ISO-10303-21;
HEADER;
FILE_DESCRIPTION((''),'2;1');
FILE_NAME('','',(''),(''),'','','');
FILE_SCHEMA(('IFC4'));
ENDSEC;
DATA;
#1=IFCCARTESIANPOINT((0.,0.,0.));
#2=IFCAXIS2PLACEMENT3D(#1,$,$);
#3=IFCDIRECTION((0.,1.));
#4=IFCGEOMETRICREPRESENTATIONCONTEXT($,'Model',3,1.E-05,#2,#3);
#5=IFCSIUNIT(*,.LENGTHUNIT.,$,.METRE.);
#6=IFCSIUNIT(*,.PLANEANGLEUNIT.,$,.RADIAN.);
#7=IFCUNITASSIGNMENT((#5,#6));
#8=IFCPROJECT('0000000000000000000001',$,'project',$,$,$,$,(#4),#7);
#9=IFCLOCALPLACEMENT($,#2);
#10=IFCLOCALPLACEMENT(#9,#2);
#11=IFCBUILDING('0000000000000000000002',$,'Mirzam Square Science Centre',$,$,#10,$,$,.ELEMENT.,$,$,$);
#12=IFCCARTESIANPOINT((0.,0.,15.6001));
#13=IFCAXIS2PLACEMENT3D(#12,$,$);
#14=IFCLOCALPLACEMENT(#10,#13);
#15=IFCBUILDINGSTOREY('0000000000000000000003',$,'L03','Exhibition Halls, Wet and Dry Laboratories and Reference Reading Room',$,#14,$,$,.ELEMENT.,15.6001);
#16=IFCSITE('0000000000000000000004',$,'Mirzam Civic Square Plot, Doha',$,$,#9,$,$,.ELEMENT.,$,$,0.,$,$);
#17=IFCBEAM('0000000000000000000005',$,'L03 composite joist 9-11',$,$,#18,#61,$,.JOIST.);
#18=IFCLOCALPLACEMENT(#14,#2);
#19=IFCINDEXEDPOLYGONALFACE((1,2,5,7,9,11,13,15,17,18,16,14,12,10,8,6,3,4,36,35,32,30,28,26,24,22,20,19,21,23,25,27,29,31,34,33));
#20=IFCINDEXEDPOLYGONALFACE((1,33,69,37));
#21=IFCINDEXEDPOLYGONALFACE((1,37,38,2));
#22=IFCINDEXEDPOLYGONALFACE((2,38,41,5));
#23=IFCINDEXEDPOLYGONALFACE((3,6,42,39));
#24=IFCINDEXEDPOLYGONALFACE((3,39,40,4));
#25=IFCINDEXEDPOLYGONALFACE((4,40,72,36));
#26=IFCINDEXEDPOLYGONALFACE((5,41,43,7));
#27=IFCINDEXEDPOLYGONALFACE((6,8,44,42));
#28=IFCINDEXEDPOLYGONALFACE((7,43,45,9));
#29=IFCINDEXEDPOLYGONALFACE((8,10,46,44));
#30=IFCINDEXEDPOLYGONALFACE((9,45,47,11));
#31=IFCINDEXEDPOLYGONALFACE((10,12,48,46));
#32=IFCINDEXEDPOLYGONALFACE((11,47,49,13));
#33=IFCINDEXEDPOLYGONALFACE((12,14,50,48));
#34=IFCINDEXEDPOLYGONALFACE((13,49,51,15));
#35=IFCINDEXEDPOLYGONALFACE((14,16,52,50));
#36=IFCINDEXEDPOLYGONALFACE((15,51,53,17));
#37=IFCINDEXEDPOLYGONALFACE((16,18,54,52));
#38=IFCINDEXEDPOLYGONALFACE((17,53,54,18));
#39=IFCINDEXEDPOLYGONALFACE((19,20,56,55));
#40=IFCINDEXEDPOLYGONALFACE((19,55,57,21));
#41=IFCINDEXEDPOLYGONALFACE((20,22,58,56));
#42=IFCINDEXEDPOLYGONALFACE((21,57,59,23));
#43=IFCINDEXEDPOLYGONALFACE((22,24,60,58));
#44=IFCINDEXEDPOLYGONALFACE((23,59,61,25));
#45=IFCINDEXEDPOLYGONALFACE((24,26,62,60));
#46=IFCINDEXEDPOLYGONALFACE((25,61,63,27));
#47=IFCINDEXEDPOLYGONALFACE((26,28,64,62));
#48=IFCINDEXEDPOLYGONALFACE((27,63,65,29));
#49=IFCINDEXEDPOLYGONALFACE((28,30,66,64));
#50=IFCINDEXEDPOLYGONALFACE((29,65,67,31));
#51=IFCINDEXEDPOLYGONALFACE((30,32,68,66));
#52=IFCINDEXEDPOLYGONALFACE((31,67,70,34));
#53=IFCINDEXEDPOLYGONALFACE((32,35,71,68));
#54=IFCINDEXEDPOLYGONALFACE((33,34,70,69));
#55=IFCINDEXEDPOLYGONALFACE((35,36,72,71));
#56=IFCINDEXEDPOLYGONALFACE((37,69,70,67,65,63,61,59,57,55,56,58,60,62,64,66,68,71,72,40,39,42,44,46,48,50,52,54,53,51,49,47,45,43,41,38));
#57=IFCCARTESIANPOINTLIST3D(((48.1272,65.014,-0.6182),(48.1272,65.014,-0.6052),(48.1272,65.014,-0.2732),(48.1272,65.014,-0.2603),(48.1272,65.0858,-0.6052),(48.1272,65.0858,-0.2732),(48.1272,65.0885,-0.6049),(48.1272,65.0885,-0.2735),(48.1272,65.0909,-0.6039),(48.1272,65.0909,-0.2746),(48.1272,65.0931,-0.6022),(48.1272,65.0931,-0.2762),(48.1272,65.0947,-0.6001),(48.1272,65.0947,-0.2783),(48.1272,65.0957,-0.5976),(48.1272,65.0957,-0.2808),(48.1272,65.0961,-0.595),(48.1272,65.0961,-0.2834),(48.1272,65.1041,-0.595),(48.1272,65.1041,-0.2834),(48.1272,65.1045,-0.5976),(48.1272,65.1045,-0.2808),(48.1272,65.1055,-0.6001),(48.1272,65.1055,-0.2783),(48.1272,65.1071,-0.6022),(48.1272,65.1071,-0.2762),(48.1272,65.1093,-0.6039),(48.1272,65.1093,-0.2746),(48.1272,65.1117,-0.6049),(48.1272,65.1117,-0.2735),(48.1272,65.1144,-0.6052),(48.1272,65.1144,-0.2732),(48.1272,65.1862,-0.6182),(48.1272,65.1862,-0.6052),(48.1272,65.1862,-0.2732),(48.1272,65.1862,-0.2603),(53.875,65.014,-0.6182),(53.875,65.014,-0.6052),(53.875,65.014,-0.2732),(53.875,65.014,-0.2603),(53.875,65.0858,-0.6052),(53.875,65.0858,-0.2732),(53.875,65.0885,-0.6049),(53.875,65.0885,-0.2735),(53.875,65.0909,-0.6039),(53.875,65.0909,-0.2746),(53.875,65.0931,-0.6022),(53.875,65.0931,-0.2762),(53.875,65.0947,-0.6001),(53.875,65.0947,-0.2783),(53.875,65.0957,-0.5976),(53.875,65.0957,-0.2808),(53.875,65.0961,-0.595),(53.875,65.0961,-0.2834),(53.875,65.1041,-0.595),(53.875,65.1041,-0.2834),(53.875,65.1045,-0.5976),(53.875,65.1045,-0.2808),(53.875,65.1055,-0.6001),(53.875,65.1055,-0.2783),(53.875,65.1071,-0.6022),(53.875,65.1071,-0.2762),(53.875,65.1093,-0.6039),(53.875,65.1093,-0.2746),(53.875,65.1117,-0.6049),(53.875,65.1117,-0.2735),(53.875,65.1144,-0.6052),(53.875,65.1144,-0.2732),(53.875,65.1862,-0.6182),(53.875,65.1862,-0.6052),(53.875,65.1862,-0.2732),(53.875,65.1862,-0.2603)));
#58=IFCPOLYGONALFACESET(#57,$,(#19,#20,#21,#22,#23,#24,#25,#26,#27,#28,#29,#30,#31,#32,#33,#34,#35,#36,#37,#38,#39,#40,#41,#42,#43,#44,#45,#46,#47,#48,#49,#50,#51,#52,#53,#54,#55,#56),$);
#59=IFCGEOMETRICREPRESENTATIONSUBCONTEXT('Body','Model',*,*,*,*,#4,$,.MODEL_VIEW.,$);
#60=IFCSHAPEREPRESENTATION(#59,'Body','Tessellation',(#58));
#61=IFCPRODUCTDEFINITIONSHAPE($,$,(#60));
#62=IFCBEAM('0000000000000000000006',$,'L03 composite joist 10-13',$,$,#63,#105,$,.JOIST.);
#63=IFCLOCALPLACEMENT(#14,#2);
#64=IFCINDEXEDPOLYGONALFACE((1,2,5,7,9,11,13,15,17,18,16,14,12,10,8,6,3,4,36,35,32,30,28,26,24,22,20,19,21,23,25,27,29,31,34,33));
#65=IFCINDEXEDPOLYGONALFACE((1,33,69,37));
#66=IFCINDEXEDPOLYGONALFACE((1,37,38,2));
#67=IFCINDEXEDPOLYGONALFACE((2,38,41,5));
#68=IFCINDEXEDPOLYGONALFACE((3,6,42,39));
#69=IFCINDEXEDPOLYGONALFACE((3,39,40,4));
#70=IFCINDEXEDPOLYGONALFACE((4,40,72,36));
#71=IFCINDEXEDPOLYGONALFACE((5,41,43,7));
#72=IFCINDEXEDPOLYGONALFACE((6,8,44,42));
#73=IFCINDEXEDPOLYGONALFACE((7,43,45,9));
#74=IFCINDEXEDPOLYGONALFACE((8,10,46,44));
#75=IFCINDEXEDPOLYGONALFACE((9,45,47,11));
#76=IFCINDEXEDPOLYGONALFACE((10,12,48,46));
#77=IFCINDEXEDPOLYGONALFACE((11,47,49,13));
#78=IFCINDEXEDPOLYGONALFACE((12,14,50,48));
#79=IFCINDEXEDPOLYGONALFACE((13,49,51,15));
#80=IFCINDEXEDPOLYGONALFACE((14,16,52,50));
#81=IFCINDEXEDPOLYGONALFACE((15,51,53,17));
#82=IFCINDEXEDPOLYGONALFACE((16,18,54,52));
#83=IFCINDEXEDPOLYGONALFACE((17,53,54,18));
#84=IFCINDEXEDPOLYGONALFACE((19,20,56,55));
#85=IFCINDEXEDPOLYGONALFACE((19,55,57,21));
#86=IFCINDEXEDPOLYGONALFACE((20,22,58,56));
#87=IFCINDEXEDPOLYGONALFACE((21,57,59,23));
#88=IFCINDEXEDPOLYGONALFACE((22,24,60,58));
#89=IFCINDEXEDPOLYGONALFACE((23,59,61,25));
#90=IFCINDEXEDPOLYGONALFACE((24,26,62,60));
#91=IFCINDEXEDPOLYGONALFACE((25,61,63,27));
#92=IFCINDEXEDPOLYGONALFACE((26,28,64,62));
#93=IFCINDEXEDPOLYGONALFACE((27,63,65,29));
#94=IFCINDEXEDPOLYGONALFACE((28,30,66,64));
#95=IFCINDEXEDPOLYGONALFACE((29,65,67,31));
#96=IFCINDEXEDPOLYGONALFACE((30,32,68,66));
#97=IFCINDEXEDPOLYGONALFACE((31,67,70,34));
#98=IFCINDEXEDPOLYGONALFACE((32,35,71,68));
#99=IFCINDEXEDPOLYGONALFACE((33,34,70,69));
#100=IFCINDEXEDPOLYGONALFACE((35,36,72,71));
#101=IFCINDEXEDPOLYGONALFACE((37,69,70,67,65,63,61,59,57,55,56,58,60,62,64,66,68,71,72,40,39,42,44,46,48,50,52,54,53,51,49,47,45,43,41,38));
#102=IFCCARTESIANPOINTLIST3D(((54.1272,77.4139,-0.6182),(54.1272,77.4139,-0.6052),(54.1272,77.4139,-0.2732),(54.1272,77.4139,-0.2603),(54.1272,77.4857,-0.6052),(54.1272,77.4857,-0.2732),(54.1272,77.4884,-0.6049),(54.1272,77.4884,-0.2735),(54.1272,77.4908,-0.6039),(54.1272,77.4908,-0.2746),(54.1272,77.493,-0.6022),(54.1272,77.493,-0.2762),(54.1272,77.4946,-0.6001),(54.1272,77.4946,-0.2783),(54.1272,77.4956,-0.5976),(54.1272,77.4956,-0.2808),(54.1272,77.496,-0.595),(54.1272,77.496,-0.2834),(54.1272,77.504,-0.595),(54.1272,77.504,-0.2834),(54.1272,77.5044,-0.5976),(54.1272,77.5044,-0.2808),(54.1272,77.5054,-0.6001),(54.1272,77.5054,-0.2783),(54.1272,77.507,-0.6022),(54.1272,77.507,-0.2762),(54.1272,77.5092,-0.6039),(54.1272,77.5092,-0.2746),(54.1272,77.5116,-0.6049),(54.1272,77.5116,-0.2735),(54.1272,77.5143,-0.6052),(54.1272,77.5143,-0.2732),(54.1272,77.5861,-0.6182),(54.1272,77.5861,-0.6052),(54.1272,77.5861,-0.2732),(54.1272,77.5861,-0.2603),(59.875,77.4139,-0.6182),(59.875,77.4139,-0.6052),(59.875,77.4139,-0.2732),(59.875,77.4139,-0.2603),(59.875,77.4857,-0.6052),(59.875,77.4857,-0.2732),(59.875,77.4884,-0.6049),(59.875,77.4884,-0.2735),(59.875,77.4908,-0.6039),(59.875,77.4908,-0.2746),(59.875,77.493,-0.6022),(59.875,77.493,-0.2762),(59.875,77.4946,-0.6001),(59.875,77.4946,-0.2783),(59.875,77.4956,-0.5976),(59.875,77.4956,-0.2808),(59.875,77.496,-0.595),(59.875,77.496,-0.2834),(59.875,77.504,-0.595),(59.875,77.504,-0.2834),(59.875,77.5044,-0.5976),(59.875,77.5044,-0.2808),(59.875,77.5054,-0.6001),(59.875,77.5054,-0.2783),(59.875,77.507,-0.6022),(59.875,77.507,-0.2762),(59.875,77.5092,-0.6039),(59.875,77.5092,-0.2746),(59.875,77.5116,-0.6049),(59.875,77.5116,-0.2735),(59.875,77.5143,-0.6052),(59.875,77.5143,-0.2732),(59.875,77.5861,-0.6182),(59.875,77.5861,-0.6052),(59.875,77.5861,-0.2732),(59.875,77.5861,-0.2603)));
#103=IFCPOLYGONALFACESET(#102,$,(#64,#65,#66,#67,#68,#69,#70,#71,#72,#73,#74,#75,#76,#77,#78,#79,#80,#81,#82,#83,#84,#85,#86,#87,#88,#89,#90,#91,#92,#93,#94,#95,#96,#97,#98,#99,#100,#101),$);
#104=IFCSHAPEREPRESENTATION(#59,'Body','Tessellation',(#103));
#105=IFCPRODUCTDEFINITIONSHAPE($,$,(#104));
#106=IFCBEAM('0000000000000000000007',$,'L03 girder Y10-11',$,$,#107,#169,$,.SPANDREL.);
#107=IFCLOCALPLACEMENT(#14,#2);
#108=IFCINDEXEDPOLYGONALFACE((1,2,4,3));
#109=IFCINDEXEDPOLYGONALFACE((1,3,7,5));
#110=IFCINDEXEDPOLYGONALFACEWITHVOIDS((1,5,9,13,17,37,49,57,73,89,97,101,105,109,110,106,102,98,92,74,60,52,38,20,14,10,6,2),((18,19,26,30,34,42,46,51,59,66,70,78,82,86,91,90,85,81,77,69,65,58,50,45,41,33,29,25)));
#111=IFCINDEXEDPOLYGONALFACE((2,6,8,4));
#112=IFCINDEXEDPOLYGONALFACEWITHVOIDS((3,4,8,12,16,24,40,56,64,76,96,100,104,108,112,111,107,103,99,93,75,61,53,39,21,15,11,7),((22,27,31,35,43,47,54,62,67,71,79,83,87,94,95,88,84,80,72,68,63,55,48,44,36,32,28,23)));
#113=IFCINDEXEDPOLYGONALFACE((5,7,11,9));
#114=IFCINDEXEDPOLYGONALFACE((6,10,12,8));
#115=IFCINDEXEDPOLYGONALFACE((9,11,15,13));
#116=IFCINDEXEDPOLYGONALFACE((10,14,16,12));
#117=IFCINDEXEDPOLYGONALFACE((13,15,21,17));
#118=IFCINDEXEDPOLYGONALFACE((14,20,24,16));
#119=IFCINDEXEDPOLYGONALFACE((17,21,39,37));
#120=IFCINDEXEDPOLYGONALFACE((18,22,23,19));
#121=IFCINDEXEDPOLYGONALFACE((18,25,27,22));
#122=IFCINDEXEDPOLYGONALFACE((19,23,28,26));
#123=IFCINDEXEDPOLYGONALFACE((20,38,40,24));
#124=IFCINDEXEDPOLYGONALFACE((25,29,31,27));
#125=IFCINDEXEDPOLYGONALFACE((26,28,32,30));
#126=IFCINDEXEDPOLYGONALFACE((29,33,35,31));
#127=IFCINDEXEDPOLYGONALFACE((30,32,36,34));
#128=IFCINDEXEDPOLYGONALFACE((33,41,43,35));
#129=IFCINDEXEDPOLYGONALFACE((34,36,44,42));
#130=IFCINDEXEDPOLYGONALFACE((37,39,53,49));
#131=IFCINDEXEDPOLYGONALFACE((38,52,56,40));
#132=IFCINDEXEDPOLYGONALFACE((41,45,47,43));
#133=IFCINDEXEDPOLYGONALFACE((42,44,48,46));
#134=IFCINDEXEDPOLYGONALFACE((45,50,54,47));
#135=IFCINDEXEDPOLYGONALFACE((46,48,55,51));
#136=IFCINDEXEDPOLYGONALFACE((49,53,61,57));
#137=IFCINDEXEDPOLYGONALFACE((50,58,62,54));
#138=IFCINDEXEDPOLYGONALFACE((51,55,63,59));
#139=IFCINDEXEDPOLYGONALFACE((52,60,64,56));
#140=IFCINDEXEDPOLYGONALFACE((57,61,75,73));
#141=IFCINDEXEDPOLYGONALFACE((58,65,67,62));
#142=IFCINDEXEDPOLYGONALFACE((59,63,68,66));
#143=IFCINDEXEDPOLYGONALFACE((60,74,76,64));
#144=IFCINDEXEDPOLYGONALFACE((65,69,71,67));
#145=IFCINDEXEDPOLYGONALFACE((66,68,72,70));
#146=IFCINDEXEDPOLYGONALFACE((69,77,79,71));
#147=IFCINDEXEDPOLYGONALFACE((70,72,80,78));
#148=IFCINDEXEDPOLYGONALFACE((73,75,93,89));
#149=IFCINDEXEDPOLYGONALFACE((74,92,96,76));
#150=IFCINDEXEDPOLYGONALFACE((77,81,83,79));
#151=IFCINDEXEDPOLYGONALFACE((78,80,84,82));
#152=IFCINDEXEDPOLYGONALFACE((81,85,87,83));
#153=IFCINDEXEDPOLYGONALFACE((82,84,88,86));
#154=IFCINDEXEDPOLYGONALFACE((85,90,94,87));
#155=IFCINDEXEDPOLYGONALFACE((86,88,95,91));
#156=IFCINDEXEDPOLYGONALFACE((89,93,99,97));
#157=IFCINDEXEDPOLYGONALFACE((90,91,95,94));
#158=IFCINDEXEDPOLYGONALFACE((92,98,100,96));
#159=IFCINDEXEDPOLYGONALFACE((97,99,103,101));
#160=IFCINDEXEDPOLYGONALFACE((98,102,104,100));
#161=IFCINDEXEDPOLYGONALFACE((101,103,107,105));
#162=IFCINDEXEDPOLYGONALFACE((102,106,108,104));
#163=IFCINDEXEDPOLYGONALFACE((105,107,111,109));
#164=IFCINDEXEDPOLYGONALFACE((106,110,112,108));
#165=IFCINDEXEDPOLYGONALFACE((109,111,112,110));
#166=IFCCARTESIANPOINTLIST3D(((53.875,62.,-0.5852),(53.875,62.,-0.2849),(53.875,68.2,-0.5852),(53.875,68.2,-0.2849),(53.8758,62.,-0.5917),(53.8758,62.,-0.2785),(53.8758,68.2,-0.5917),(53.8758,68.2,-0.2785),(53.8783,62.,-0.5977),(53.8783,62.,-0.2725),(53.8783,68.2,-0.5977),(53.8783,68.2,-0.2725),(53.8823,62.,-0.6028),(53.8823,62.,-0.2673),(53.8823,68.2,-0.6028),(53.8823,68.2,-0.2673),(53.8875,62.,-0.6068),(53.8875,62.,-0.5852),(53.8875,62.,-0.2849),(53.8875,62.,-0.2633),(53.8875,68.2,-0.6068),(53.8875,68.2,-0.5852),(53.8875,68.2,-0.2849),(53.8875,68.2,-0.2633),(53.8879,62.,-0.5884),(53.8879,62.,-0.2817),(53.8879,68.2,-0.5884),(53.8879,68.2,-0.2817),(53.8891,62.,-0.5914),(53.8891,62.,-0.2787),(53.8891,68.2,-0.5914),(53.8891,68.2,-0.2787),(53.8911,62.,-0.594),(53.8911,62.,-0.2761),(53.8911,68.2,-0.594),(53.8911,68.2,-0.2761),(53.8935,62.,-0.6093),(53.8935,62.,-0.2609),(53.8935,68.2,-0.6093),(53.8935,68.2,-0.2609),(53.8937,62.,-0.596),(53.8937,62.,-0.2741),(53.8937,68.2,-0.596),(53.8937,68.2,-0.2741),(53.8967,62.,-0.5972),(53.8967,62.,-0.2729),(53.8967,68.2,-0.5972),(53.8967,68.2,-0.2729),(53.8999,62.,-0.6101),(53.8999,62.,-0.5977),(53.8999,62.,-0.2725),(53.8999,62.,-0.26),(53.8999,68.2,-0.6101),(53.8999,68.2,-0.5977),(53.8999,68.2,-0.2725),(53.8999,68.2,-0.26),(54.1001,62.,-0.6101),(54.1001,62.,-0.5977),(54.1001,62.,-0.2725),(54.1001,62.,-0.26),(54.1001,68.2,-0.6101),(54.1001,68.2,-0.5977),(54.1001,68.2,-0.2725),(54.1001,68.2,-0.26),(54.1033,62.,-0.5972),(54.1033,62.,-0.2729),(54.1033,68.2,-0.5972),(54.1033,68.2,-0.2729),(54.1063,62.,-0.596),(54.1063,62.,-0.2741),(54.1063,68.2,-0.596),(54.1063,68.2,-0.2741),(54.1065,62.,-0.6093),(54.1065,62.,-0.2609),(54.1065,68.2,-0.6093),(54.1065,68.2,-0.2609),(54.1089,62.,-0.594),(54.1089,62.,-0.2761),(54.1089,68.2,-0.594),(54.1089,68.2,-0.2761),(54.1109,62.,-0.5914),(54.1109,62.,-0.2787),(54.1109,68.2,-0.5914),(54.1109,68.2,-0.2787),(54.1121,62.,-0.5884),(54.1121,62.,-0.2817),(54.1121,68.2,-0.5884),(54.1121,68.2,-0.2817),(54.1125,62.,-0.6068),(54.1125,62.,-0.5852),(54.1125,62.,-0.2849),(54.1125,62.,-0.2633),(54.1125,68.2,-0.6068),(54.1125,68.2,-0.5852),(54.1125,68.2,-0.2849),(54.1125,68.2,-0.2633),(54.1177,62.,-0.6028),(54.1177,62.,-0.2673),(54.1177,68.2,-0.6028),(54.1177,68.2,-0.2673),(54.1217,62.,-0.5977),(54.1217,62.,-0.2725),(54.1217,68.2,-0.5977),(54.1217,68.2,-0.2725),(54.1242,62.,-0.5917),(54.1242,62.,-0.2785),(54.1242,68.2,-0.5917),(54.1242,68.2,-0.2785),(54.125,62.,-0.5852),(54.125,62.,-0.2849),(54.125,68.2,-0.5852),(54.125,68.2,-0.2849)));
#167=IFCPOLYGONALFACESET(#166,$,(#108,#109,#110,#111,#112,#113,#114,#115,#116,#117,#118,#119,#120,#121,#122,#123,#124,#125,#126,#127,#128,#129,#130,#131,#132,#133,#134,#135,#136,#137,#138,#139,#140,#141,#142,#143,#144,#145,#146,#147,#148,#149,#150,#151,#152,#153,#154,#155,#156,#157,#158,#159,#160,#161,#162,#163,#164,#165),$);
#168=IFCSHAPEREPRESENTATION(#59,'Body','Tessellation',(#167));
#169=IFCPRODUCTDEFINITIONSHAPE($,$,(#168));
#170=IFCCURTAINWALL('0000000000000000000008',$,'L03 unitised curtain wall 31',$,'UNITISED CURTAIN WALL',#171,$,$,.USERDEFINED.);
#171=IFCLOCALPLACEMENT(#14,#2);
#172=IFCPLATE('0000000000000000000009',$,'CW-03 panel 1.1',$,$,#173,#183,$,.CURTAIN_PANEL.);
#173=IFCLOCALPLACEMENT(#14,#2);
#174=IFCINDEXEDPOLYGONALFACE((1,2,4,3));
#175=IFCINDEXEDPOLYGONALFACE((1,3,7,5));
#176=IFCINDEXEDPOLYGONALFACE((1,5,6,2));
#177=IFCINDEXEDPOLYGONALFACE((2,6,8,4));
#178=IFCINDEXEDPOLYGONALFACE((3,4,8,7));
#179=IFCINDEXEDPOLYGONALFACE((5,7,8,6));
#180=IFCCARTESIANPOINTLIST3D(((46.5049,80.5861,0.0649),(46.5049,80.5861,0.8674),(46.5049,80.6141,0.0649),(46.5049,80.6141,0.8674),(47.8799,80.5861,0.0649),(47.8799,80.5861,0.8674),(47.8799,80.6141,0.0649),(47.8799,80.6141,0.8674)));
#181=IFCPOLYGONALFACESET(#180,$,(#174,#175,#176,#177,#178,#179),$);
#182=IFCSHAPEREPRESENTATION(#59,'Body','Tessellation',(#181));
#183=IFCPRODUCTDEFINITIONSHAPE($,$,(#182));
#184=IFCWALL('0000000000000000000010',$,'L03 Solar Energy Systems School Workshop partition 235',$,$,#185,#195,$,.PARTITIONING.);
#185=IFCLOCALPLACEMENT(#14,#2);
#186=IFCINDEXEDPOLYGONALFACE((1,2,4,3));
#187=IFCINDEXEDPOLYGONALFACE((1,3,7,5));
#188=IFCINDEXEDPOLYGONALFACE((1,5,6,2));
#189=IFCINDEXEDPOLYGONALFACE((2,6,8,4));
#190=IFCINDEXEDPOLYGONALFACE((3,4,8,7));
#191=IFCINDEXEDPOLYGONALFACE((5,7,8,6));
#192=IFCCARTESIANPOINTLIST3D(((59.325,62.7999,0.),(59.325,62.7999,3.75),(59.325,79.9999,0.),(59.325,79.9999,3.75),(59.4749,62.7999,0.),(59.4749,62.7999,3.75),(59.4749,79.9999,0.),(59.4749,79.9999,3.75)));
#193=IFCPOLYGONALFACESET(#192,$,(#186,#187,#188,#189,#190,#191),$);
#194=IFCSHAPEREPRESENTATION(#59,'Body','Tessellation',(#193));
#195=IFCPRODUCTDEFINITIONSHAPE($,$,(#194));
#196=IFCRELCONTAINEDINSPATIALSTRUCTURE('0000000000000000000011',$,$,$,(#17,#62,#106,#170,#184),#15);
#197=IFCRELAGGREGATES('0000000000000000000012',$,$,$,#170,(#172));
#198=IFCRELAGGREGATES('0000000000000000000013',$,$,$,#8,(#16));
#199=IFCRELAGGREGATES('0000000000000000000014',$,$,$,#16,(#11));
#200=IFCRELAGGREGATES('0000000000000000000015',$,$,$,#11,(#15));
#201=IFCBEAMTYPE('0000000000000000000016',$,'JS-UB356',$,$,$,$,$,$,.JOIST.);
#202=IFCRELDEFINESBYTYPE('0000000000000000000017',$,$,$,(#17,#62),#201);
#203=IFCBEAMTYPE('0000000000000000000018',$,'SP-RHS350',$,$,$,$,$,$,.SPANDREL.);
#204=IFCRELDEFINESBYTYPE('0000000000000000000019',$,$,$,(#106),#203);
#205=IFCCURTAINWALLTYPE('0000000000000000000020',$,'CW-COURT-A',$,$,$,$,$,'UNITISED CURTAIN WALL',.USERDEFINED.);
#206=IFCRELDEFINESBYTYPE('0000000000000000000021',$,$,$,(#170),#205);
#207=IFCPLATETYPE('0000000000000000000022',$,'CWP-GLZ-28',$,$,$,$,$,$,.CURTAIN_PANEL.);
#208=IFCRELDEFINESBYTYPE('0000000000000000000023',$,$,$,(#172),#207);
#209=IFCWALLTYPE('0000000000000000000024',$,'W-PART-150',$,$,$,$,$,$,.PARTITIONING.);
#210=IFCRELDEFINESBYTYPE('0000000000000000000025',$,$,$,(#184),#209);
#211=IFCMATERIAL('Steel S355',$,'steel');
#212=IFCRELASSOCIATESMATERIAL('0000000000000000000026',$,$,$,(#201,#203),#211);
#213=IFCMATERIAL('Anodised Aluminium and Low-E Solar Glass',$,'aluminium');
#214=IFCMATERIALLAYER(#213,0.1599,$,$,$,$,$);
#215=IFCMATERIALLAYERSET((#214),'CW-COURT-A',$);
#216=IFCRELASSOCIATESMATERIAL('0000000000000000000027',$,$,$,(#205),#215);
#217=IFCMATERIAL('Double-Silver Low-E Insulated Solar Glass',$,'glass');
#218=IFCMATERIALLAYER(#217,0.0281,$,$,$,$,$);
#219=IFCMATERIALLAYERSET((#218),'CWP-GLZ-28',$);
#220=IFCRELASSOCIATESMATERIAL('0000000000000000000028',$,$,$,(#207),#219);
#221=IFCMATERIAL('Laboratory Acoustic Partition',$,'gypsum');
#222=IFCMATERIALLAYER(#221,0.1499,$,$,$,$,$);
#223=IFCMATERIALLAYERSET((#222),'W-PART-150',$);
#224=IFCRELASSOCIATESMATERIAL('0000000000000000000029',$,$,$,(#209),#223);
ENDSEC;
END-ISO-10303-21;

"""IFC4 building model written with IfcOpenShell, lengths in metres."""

from ifc_helpers import new_model, si_unit, direction, frame, frame_2d, origin, origin_2d, place, context, subcontext, project, spatial, rectangle, hollow_rectangle, i_section, extrude, material, layer, layer_set, material_profile, profile_set, type_object, element, aggregate, save


model = new_model("IFC4")

# Units and contexts
model_context = context("Model", 3, precision=1e-05, world=origin(), true_north=direction((0.0, 1.0)))
body_context = subcontext(model_context, "Body", "Model", "MODEL_VIEW")
ifc_project = project(units=[si_unit("LENGTHUNIT", "METRE"), si_unit("PLANEANGLEUNIT", "RADIAN")], contexts=[model_context])

# Site, building, storey
site_placement = place(None, origin())
site = spatial("IfcSite", under=ifc_project, at=site_placement, Name="Mirzam Civic Square Plot, Doha", CompositionType="ELEMENT", RefElevation=0.0)
building_placement = place(site_placement, origin())
building = spatial("IfcBuilding", under=site, at=building_placement, Name="Mirzam Square Science Centre", CompositionType="ELEMENT")
storey_placement = place(building_placement, frame((0.0, 0.0, 15.6001)))
storey = spatial("IfcBuildingStorey", under=building, at=storey_placement, Name="L03", Description="Exhibition Halls, Wet and Dry Laboratories and Reference Reading Room", CompositionType="ELEMENT", Elevation=15.6001)

# Shared definitions
ifc_material_1 = material(Name="Steel S355", Category="steel")

# Beams
ifc_material_profile_1 = material_profile(ifc_material_1, i_section(OverallWidth=0.1721, OverallDepth=0.3579, WebThickness=0.0081, FlangeThickness=0.0129, FilletRadius=0.0103, at=origin_2d()), Name="356x171x57UB")
ifc_profile_set_1 = profile_set([ifc_material_profile_1], Name="Steel S355")
beam_type_1 = type_object("IfcBeamType", Name="JS-UB356", PredefinedType="JOIST", material=ifc_profile_set_1)
for number, where, z_axis, x_axis, name in (
    (1, (48.1272, 65.1001, -0.4392), (1.0, 0.0, 0.0), (0.0, 1.0, 0.0), "L03 composite joist 9-11"),
    (2, (54.1272, 77.5, -0.4392), (1.0, 0.0, 0.0), (0.0, 1.0, 0.0), "L03 composite joist 10-13"),
):
    element("IfcBeam", number, at=place(storey_placement, frame(where, z_axis=z_axis, x_axis=x_axis)), inside=storey, type_object=beam_type_1, Name=name, PredefinedType="JOIST", context=body_context, shape_type="SweptSolid", body=[
        extrude(i_section(OverallWidth=0.1721, OverallDepth=0.3579, WebThickness=0.0081, FlangeThickness=0.0129, FilletRadius=0.0103, at=origin_2d()), origin(), (0.0, 0.0, 1.0), 5.7478),
    ])
ifc_material_profile_2 = material_profile(ifc_material_1, hollow_rectangle(XDim=0.25, YDim=0.3501, WallThickness=0.0125, InnerFilletRadius=0.0125, OuterFilletRadius=0.0249, at=origin_2d()), Name="350x250x12.5RHS")
ifc_profile_set_2 = profile_set([ifc_material_profile_2], Name="Steel S355")
beam_type_2 = type_object("IfcBeamType", Name="SP-RHS350", PredefinedType="SPANDREL", material=ifc_profile_set_2)
beam_1_placement = place(storey_placement, frame((54.0, 62.0, -0.4351), z_axis=(0.0, 1.0, 0.0), x_axis=(-1.0, 0.0, 0.0)))
element("IfcBeam", 3, at=beam_1_placement, inside=storey, type_object=beam_type_2, Name="L03 girder Y10-11", PredefinedType="SPANDREL", context=body_context, shape_type="SweptSolid", body=[
    extrude(hollow_rectangle(XDim=0.25, YDim=0.3501, WallThickness=0.0125, InnerFilletRadius=0.0125, OuterFilletRadius=0.0249, at=origin_2d()), origin(), (0.0, 0.0, 1.0), 6.2),
])

# Curtain wall, plate
ifc_material_2 = material(Name="Anodised Aluminium and Low-E Solar Glass", Category="aluminium")
ifc_layer_1 = layer(ifc_material_2, 0.1599)
ifc_layer_set_1 = layer_set([ifc_layer_1], Name="CW-COURT-A")
curtain_wall_type = type_object("IfcCurtainWallType", Name="CW-COURT-A", ElementType="UNITISED CURTAIN WALL", PredefinedType="USERDEFINED", material=ifc_layer_set_1)
curtain_wall_placement = place(storey_placement, origin())
curtain_wall = element("IfcCurtainWall", 4, at=curtain_wall_placement, inside=storey, type_object=curtain_wall_type, Name="L03 unitised curtain wall 31", ObjectType="UNITISED CURTAIN WALL", PredefinedType="USERDEFINED")
ifc_material_3 = material(Name="Double-Silver Low-E Insulated Solar Glass", Category="glass")
ifc_layer_2 = layer(ifc_material_3, 0.0281)
ifc_layer_set_2 = layer_set([ifc_layer_2], Name="CWP-GLZ-28")
plate_type = type_object("IfcPlateType", Name="CWP-GLZ-28", PredefinedType="CURTAIN_PANEL", material=ifc_layer_set_2)
plate_placement = place(storey_placement, frame((47.1924, 80.6001, 0.0649), z_axis=(0.0, 0.0, 1.0), x_axis=(-1.0, 0.0, 0.0)))
plate = element("IfcPlate", 5, at=plate_placement, type_object=plate_type, Name="CW-03 panel 1.1", PredefinedType="CURTAIN_PANEL", context=body_context, shape_type="SweptSolid", body=[
    extrude(rectangle(XDim=1.375, YDim=0.0281, at=origin_2d()), origin(), (0.0, 0.0, 1.0), 0.8025),
])
aggregate(curtain_wall, [plate])

# Wall
ifc_material_4 = material(Name="Laboratory Acoustic Partition", Category="gypsum")
ifc_layer_3 = layer(ifc_material_4, 0.1499)
ifc_layer_set_3 = layer_set([ifc_layer_3], Name="W-PART-150")
wall_type = type_object("IfcWallType", Name="W-PART-150", PredefinedType="PARTITIONING", material=ifc_layer_set_3)
wall_1_placement = place(storey_placement, frame((59.3999, 80.0, 0.0), z_axis=(0.0, 0.0, 1.0), x_axis=(0.0, -1.0, 0.0)))
element("IfcWall", 6, at=wall_1_placement, inside=storey, type_object=wall_type, Name="L03 Solar Energy Systems School Workshop partition 235", PredefinedType="PARTITIONING", context=body_context, shape_type="SweptSolid", body=[
    extrude(rectangle(XDim=17.2, YDim=0.1499, at=frame_2d((8.6001, 0.0))), origin(), (0.0, 0.0, 1.0), 3.75),
])

save(model, "model.ifc")
